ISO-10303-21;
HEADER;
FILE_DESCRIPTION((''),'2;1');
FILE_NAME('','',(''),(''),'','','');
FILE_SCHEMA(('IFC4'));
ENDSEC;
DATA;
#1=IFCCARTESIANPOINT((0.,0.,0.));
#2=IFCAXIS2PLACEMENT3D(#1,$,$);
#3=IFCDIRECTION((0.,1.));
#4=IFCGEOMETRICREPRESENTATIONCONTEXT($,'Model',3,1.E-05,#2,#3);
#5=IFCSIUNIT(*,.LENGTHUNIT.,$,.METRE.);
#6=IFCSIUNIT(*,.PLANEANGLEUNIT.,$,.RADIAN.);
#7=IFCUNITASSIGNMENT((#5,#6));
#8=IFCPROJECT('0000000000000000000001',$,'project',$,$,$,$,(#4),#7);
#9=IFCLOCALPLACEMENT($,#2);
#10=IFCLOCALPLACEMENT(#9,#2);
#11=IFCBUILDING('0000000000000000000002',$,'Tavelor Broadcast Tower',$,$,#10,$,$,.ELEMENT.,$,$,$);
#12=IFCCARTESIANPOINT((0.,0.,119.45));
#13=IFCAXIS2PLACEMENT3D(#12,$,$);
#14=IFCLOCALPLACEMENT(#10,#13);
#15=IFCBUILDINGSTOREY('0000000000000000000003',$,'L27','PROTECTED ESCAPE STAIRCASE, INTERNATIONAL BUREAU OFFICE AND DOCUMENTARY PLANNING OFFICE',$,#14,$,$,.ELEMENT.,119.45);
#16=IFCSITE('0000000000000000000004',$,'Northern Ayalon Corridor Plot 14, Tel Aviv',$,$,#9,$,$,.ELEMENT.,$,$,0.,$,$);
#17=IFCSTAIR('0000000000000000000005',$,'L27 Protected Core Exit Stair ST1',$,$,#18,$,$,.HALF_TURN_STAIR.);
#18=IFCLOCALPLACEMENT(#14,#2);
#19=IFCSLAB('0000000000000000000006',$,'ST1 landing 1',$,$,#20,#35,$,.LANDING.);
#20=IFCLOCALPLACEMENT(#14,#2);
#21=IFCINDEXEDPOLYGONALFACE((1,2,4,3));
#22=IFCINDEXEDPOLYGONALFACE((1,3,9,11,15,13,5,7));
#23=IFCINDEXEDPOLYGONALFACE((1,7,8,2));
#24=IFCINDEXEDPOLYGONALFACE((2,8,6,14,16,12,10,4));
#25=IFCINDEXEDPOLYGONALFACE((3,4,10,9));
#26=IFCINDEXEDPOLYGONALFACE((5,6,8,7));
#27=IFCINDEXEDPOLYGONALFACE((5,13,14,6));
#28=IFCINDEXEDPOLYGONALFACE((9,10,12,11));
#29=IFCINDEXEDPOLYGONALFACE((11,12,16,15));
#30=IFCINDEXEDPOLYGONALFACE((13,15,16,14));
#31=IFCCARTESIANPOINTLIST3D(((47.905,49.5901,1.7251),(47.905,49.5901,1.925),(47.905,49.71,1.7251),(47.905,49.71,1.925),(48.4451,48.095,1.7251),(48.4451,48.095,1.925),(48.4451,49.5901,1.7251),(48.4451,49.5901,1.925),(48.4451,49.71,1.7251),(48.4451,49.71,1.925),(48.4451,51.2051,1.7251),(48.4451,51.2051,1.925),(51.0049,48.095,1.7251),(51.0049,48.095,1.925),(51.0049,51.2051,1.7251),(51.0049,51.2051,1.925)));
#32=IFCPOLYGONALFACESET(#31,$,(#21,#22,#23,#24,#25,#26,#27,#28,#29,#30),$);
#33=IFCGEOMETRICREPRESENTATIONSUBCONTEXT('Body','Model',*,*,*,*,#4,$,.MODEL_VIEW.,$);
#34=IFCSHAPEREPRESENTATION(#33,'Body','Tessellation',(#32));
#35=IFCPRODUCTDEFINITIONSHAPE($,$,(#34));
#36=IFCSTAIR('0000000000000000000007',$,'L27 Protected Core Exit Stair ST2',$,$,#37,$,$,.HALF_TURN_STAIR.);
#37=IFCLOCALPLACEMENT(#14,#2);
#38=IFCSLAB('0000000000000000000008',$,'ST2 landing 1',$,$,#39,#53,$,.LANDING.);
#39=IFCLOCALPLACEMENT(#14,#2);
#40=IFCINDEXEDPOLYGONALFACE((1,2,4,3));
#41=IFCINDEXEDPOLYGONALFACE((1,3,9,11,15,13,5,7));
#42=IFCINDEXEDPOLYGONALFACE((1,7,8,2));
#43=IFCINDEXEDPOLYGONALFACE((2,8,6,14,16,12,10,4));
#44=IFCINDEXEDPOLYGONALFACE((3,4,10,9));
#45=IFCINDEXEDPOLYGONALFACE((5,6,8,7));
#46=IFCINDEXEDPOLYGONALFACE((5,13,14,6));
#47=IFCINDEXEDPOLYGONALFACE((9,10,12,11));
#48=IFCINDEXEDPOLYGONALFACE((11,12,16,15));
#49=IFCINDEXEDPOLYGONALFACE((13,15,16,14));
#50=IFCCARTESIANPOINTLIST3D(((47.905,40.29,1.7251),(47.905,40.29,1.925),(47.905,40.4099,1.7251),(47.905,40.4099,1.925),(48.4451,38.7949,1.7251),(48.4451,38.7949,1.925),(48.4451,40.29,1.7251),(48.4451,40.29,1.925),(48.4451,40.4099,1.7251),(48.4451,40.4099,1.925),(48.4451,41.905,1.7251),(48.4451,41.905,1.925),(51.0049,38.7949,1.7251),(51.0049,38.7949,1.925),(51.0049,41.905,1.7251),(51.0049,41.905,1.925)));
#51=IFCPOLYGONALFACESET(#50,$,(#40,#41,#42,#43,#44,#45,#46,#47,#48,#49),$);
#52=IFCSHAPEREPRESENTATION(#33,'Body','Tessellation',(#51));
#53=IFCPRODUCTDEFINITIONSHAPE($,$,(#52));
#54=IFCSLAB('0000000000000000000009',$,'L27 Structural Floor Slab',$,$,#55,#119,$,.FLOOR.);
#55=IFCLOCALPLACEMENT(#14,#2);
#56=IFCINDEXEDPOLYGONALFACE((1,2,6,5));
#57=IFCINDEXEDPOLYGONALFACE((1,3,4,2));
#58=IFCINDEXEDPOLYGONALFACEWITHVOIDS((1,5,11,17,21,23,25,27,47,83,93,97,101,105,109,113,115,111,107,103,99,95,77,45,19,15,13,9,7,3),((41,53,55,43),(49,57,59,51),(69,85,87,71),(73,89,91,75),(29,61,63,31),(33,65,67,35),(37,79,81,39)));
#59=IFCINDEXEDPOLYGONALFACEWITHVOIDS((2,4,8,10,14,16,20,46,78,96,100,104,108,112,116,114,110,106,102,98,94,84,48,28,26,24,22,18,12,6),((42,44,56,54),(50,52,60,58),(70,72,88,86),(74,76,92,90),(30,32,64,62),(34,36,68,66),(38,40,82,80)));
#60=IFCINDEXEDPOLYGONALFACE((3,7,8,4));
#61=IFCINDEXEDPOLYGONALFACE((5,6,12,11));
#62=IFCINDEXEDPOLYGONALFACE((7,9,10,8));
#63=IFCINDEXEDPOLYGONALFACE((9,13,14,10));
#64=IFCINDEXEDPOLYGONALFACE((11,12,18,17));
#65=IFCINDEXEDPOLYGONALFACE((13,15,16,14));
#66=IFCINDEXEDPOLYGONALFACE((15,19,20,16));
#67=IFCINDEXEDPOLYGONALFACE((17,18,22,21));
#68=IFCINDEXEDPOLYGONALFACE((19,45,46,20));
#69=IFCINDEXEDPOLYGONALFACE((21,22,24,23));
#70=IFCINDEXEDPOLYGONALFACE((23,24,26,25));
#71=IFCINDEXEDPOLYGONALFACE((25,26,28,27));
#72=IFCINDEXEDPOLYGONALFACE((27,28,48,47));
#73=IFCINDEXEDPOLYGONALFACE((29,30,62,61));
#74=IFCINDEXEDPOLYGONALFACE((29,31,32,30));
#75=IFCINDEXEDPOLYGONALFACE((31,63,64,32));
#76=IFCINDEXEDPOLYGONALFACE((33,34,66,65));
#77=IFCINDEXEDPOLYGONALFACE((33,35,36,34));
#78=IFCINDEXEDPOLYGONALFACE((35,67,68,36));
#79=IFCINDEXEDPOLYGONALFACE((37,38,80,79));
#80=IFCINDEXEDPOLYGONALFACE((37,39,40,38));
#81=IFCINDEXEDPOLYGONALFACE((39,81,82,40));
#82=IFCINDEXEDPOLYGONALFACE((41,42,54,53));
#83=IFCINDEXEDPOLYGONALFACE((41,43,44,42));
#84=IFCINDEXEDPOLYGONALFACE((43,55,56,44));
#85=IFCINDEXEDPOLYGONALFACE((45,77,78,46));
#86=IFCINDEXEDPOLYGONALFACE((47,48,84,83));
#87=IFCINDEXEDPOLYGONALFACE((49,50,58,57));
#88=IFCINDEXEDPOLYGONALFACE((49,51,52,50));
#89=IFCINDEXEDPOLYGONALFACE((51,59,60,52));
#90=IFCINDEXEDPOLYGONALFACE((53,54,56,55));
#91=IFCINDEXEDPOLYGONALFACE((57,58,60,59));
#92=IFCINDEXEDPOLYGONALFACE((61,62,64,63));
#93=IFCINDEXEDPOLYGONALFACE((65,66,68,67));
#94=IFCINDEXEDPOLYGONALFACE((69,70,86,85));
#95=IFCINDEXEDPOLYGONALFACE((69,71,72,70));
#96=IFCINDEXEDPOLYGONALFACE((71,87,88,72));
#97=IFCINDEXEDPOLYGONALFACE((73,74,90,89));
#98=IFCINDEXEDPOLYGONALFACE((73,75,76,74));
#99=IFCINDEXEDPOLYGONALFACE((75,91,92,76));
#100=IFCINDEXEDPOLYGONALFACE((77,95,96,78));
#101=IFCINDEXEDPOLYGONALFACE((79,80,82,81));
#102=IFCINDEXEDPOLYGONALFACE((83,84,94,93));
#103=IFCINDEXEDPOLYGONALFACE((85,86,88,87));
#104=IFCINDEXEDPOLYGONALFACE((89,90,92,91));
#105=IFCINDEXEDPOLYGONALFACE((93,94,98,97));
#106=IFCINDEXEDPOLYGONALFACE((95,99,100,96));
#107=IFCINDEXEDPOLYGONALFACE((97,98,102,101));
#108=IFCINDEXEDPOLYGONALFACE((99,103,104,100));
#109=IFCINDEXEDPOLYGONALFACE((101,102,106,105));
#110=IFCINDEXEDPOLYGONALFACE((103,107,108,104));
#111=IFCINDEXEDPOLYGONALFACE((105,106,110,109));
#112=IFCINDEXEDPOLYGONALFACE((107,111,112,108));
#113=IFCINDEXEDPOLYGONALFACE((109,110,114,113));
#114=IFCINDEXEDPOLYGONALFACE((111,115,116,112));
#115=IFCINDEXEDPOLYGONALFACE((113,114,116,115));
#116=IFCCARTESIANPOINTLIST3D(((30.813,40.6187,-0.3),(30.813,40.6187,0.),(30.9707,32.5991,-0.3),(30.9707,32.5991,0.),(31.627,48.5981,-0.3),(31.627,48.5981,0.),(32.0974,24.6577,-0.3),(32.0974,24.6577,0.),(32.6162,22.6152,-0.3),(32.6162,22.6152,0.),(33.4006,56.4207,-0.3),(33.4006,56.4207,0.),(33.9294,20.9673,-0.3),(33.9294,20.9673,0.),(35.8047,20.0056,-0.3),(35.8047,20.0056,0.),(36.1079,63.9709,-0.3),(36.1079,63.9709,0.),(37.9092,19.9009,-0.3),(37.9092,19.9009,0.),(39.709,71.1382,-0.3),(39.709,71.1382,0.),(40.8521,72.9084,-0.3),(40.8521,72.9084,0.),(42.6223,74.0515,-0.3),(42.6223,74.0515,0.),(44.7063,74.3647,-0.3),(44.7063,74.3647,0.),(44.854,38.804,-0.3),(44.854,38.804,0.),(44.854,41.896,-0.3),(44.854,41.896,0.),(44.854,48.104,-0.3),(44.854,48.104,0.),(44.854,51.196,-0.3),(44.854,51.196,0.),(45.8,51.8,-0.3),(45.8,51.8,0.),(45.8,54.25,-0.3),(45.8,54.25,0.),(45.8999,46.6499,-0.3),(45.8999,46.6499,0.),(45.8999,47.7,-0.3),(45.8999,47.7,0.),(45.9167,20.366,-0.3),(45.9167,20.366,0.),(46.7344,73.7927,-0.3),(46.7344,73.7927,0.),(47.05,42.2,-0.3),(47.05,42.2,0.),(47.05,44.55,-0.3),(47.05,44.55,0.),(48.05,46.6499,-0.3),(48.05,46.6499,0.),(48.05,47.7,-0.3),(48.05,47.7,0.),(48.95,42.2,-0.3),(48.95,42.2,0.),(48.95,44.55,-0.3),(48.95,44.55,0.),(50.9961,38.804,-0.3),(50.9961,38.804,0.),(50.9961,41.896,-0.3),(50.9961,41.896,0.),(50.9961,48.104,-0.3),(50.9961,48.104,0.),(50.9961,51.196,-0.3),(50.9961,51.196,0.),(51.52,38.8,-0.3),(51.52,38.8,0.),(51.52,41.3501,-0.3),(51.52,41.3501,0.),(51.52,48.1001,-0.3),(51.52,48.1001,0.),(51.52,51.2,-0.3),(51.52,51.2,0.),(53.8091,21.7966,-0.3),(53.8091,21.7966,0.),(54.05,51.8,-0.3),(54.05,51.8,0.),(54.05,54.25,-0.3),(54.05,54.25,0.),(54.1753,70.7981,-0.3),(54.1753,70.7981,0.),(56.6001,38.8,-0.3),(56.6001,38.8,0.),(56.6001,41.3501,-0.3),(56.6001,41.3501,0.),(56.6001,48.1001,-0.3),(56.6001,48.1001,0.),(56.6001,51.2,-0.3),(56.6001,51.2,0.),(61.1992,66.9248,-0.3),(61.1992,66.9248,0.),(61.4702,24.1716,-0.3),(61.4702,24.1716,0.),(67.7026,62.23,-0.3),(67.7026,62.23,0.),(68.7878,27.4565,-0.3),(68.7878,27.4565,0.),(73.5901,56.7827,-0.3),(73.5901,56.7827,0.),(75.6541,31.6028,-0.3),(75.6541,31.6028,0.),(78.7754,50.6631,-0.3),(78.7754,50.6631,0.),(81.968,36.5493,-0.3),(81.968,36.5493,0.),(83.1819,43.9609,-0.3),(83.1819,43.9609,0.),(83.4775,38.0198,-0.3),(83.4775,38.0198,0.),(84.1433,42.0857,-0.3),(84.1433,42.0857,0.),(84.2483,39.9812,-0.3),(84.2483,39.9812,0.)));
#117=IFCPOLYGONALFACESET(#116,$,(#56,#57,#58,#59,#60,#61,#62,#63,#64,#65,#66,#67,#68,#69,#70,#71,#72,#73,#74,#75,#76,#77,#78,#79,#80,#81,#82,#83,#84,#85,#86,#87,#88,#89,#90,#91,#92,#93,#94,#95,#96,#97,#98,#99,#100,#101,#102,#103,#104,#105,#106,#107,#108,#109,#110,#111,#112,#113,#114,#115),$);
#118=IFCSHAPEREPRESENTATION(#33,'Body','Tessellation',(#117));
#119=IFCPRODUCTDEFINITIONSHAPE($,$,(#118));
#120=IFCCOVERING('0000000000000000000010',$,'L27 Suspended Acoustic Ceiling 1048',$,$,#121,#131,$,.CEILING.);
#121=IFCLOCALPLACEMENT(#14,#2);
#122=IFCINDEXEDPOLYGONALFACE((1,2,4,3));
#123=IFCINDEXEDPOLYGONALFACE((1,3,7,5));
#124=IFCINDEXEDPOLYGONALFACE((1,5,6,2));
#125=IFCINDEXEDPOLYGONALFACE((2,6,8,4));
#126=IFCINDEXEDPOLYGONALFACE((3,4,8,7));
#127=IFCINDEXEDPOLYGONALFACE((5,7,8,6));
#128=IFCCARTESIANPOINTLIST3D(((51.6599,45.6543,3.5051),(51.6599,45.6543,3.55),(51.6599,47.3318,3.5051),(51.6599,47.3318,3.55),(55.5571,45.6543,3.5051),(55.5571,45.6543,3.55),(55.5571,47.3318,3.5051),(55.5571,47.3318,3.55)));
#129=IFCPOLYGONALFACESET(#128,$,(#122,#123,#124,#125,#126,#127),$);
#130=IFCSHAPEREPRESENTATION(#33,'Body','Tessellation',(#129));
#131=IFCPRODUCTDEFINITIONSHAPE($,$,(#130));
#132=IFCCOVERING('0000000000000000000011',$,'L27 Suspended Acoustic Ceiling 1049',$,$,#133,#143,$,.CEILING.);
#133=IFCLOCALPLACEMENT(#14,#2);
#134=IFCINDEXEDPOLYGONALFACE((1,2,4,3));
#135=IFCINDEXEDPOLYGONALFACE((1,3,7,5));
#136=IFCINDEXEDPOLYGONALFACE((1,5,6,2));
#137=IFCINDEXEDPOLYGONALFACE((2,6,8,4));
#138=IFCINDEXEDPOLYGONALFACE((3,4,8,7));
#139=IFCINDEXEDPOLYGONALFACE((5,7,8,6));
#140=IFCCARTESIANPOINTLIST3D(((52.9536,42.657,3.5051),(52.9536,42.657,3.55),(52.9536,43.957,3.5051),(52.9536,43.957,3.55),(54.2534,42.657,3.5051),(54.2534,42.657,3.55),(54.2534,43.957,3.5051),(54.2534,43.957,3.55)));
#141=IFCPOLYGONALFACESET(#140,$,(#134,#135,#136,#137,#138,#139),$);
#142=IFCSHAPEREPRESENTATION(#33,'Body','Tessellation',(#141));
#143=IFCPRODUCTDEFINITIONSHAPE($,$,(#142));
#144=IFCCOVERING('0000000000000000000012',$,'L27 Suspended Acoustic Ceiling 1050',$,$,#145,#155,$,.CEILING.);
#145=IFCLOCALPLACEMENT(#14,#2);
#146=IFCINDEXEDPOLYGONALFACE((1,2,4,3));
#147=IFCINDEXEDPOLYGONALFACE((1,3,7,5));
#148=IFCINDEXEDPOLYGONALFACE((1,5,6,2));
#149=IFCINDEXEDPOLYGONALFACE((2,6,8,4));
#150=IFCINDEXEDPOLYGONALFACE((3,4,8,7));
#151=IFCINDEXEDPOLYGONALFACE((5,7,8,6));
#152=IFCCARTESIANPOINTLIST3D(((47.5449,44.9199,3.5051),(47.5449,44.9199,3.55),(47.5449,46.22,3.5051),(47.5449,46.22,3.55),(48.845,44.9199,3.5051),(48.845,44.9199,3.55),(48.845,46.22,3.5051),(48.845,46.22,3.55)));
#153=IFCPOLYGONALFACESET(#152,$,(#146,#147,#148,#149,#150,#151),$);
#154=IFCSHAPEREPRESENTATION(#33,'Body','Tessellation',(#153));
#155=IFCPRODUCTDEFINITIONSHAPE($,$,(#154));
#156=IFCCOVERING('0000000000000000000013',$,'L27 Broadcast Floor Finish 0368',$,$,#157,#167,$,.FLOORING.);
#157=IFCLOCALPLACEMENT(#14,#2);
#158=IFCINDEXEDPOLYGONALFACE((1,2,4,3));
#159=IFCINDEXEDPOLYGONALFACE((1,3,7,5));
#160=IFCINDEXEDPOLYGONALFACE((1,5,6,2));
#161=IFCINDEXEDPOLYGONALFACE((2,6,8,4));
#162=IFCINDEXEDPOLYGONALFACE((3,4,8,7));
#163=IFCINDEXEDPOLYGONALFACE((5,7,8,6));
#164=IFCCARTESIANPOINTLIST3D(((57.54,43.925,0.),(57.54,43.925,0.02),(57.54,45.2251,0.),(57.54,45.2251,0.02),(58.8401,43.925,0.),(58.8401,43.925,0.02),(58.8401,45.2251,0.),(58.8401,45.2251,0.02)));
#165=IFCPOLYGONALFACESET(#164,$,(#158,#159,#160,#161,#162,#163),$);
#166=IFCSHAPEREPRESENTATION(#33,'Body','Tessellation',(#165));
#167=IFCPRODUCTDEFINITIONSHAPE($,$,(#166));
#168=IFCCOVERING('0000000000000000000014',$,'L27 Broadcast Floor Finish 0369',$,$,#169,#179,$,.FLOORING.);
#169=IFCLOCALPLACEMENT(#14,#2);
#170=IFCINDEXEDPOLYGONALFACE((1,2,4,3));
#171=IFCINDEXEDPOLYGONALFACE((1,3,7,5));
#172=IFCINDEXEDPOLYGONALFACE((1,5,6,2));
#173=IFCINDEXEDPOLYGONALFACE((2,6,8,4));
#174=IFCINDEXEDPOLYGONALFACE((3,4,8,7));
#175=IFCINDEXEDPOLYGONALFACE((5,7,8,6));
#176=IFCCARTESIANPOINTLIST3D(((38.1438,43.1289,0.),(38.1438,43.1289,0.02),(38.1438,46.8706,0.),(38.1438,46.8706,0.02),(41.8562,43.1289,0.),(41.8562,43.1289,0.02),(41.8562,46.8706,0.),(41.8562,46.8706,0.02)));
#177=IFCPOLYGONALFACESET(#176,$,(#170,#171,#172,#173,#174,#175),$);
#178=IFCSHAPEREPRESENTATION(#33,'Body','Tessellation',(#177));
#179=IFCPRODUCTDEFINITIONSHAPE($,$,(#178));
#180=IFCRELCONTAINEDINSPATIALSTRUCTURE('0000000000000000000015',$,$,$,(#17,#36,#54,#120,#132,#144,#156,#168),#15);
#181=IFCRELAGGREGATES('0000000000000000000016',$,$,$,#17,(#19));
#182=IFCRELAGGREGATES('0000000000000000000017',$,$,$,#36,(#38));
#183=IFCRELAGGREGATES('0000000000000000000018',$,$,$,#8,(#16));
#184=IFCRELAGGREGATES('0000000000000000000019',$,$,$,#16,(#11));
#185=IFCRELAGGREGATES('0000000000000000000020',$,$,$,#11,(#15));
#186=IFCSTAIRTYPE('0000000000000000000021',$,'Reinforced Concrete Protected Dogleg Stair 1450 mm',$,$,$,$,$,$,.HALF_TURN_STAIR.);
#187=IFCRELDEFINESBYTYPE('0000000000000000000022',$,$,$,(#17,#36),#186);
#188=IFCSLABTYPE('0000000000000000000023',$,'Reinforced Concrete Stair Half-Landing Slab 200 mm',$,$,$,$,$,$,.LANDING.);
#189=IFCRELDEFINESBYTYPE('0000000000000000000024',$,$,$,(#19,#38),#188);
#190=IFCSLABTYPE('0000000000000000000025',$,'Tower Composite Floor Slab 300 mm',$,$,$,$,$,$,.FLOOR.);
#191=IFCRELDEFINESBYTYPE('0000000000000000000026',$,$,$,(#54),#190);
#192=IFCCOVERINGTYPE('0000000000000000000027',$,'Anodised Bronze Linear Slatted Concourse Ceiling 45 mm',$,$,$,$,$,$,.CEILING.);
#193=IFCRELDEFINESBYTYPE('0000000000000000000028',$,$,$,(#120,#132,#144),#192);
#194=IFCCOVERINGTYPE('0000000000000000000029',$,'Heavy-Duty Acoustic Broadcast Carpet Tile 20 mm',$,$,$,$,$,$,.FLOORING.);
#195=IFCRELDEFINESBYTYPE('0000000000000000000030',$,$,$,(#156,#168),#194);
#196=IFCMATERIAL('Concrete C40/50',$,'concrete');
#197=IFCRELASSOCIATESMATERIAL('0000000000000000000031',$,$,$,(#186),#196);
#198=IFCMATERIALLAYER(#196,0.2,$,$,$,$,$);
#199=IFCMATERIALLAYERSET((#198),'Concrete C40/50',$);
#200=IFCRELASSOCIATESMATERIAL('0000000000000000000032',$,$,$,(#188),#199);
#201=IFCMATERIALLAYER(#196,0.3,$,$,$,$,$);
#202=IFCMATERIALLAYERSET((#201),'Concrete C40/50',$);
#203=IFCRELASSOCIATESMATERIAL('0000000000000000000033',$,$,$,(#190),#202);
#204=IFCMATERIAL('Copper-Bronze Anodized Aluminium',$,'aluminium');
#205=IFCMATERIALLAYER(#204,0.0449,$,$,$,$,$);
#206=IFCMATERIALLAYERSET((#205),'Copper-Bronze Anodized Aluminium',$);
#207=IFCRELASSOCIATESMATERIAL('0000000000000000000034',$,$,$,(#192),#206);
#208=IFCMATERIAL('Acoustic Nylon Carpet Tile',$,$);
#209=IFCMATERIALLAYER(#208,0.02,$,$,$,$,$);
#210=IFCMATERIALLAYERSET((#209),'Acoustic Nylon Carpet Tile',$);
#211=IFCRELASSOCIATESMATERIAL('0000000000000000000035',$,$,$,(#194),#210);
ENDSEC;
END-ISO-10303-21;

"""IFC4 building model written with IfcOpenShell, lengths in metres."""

from ifc_helpers import new_model, si_unit, direction, frame, origin, place, context, subcontext, project, spatial, polyline, outline, extrude, material, layer, layer_set, type_object, element, aggregate, save


model = new_model("IFC4")

# Units and contexts
model_context = context("Model", 3, precision=1e-05, world=origin(), true_north=direction((0.0, 1.0)))
body_context = subcontext(model_context, "Body", "Model", "MODEL_VIEW")
ifc_project = project(units=[si_unit("LENGTHUNIT", "METRE"), si_unit("PLANEANGLEUNIT", "RADIAN")], contexts=[model_context])

# Site, building, storey
site_placement = place(None, origin())
site = spatial("IfcSite", under=ifc_project, at=site_placement, Name="Northern Ayalon Corridor Plot 14, Tel Aviv", CompositionType="ELEMENT", RefElevation=0.0)
building_placement = place(site_placement, origin())
building = spatial("IfcBuilding", under=site, at=building_placement, Name="Tavelor Broadcast Tower", CompositionType="ELEMENT")
storey_placement = place(building_placement, frame((0.0, 0.0, 119.45)))
storey = spatial("IfcBuildingStorey", under=building, at=storey_placement, Name="L27", Description="PROTECTED ESCAPE STAIRCASE, INTERNATIONAL BUREAU OFFICE AND DOCUMENTARY PLANNING OFFICE", CompositionType="ELEMENT", Elevation=119.45)

# Stairs, slabs
ifc_material_1 = material(Name="Concrete C40/50", Category="concrete")
stair_type = type_object("IfcStairType", Name="Reinforced Concrete Protected Dogleg Stair 1450 mm", PredefinedType="HALF_TURN_STAIR", material=ifc_material_1)
stair_1_placement = place(storey_placement, origin())
stair_1 = element("IfcStair", 1, at=stair_1_placement, inside=storey, type_object=stair_type, Name="L27 Protected Core Exit Stair ST1", PredefinedType="HALF_TURN_STAIR")
ifc_layer_1 = layer(ifc_material_1, 0.2)
ifc_layer_set_1 = layer_set([ifc_layer_1], Name="Concrete C40/50")
slab_type_1 = type_object("IfcSlabType", Name="Reinforced Concrete Stair Half-Landing Slab 200 mm", PredefinedType="LANDING", material=ifc_layer_set_1)
slab_1_placement = place(storey_placement, frame((0.0, 0.0, 1.7251)))
slab_1 = element("IfcSlab", 2, at=slab_1_placement, type_object=slab_type_1, Name="ST1 landing 1", PredefinedType="LANDING", context=body_context, shape_type="SweptSolid", body=[
    extrude(outline(polyline([(48.4451, 49.5901), (48.4451, 48.095), (51.0049, 48.095), (51.0049, 51.2051), (48.4451, 51.2051), (48.4451, 49.71), (47.905, 49.71), (47.905, 49.5901), (48.4451, 49.5901)])), origin(), (0.0, 0.0, 1.0), 0.2),
])
aggregate(stair_1, [slab_1])
stair_2_placement = place(storey_placement, origin())
stair_2 = element("IfcStair", 3, at=stair_2_placement, inside=storey, type_object=stair_type, Name="L27 Protected Core Exit Stair ST2", PredefinedType="HALF_TURN_STAIR")
slab_2_placement = place(storey_placement, frame((0.0, 0.0, 1.7251)))
slab_2 = element("IfcSlab", 4, at=slab_2_placement, type_object=slab_type_1, Name="ST2 landing 1", PredefinedType="LANDING", context=body_context, shape_type="SweptSolid", body=[
    extrude(outline(polyline([(48.4451, 40.29), (48.4451, 38.7949), (51.0049, 38.7949), (51.0049, 41.905), (48.4451, 41.905), (48.4451, 40.4099), (47.905, 40.4099), (47.905, 40.29), (48.4451, 40.29)])), origin(), (0.0, 0.0, 1.0), 0.2),
])
aggregate(stair_2, [slab_2])

# Slab
ifc_layer_2 = layer(ifc_material_1, 0.3)
ifc_layer_set_2 = layer_set([ifc_layer_2], Name="Concrete C40/50")
slab_type_2 = type_object("IfcSlabType", Name="Tower Composite Floor Slab 300 mm", PredefinedType="FLOOR", material=ifc_layer_set_2)
slab_3_placement = place(storey_placement, frame((0.0, 0.0, -0.3)))
element("IfcSlab", 5, at=slab_3_placement, inside=storey, type_object=slab_type_2, Name="L27 Structural Floor Slab", PredefinedType="FLOOR", context=body_context, shape_type="SweptSolid", body=[
    extrude(outline(polyline([(46.7344, 73.7927), (44.7063, 74.3647), (42.6223, 74.0515), (40.8521, 72.9084), (39.709, 71.1382), (36.1079, 63.9709), (33.4006, 56.4207), (31.627, 48.5981), (30.813, 40.6187), (30.9707, 32.5991), (32.0974, 24.6577), (32.6162, 22.6152), (33.9294, 20.9673), (35.8047, 20.0056), (37.9092, 19.9009), (45.9167, 20.366), (53.8091, 21.7966), (61.4702, 24.1716), (68.7878, 27.4565), (75.6541, 31.6028), (81.968, 36.5493), (83.4775, 38.0198), (84.2483, 39.9812), (84.1433, 42.0857), (83.1819, 43.9609), (78.7754, 50.6631), (73.5901, 56.7827), (67.7026, 62.23), (61.1992, 66.9248), (54.1753, 70.7981), (46.7344, 73.7927)]), holes=[polyline([(56.6001, 41.3501), (56.6001, 38.8), (51.52, 38.8), (51.52, 41.3501), (56.6001, 41.3501)]), polyline([(50.9961, 38.804), (44.854, 38.804), (44.854, 41.896), (50.9961, 41.896), (50.9961, 38.804)]), polyline([(47.05, 42.2), (47.05, 44.55), (48.95, 44.55), (48.95, 42.2), (47.05, 42.2)]), polyline([(48.05, 46.6499), (45.8999, 46.6499), (45.8999, 47.7), (48.05, 47.7), (48.05, 46.6499)]), polyline([(50.9961, 48.104), (44.854, 48.104), (44.854, 51.196), (50.9961, 51.196), (50.9961, 48.104)]), polyline([(56.6001, 48.1001), (51.52, 48.1001), (51.52, 51.2), (56.6001, 51.2), (56.6001, 48.1001)]), polyline([(54.05, 51.8), (45.8, 51.8), (45.8, 54.25), (54.05, 54.25), (54.05, 51.8)])]), origin(), (0.0, 0.0, 1.0), 0.3),
])

# Coverings
ifc_material_2 = material(Name="Copper-Bronze Anodized Aluminium", Category="aluminium")
ifc_layer_3 = layer(ifc_material_2, 0.0449)
ifc_layer_set_3 = layer_set([ifc_layer_3], Name="Copper-Bronze Anodized Aluminium")
covering_type_1 = type_object("IfcCoveringType", Name="Anodised Bronze Linear Slatted Concourse Ceiling 45 mm", PredefinedType="CEILING", material=ifc_layer_set_3)
covering_1_placement = place(storey_placement, frame((0.0, 0.0, 3.5051)))
element("IfcCovering", 6, at=covering_1_placement, inside=storey, type_object=covering_type_1, Name="L27 Suspended Acoustic Ceiling 1048", PredefinedType="CEILING", context=body_context, shape_type="SweptSolid", body=[
    extrude(outline(polyline([(51.6599, 45.6543), (55.5571, 45.6543), (55.5571, 47.3318), (51.6599, 47.3318), (51.6599, 45.6543)])), origin(), (0.0, 0.0, 1.0), 0.0449),
])
covering_2_placement = place(storey_placement, frame((0.0, 0.0, 3.5051)))
element("IfcCovering", 7, at=covering_2_placement, inside=storey, type_object=covering_type_1, Name="L27 Suspended Acoustic Ceiling 1049", PredefinedType="CEILING", context=body_context, shape_type="SweptSolid", body=[
    extrude(outline(polyline([(52.9536, 42.657), (54.2534, 42.657), (54.2534, 43.957), (52.9536, 43.957), (52.9536, 42.657)])), origin(), (0.0, 0.0, 1.0), 0.0449),
])
covering_3_placement = place(storey_placement, frame((0.0, 0.0, 3.5051)))
element("IfcCovering", 8, at=covering_3_placement, inside=storey, type_object=covering_type_1, Name="L27 Suspended Acoustic Ceiling 1050", PredefinedType="CEILING", context=body_context, shape_type="SweptSolid", body=[
    extrude(outline(polyline([(47.5449, 44.9199), (48.845, 44.9199), (48.845, 46.22), (47.5449, 46.22), (47.5449, 44.9199)])), origin(), (0.0, 0.0, 1.0), 0.0449),
])
ifc_material_3 = material(Name="Acoustic Nylon Carpet Tile")
ifc_layer_4 = layer(ifc_material_3, 0.02)
ifc_layer_set_4 = layer_set([ifc_layer_4], Name="Acoustic Nylon Carpet Tile")
covering_type_2 = type_object("IfcCoveringType", Name="Heavy-Duty Acoustic Broadcast Carpet Tile 20 mm", PredefinedType="FLOORING", material=ifc_layer_set_4)
covering_4_placement = place(storey_placement, origin())
element("IfcCovering", 9, at=covering_4_placement, inside=storey, type_object=covering_type_2, Name="L27 Broadcast Floor Finish 0368", PredefinedType="FLOORING", context=body_context, shape_type="SweptSolid", body=[
    extrude(outline(polyline([(57.54, 43.925), (58.8401, 43.925), (58.8401, 45.2251), (57.54, 45.2251), (57.54, 43.925)])), origin(), (0.0, 0.0, 1.0), 0.02),
])
covering_5_placement = place(storey_placement, origin())
element("IfcCovering", 10, at=covering_5_placement, inside=storey, type_object=covering_type_2, Name="L27 Broadcast Floor Finish 0369", PredefinedType="FLOORING", context=body_context, shape_type="SweptSolid", body=[
    extrude(outline(polyline([(38.1438, 43.1289), (41.8562, 43.1289), (41.8562, 46.8706), (38.1438, 46.8706), (38.1438, 43.1289)])), origin(), (0.0, 0.0, 1.0), 0.02),
])

save(model, "model.ifc")
